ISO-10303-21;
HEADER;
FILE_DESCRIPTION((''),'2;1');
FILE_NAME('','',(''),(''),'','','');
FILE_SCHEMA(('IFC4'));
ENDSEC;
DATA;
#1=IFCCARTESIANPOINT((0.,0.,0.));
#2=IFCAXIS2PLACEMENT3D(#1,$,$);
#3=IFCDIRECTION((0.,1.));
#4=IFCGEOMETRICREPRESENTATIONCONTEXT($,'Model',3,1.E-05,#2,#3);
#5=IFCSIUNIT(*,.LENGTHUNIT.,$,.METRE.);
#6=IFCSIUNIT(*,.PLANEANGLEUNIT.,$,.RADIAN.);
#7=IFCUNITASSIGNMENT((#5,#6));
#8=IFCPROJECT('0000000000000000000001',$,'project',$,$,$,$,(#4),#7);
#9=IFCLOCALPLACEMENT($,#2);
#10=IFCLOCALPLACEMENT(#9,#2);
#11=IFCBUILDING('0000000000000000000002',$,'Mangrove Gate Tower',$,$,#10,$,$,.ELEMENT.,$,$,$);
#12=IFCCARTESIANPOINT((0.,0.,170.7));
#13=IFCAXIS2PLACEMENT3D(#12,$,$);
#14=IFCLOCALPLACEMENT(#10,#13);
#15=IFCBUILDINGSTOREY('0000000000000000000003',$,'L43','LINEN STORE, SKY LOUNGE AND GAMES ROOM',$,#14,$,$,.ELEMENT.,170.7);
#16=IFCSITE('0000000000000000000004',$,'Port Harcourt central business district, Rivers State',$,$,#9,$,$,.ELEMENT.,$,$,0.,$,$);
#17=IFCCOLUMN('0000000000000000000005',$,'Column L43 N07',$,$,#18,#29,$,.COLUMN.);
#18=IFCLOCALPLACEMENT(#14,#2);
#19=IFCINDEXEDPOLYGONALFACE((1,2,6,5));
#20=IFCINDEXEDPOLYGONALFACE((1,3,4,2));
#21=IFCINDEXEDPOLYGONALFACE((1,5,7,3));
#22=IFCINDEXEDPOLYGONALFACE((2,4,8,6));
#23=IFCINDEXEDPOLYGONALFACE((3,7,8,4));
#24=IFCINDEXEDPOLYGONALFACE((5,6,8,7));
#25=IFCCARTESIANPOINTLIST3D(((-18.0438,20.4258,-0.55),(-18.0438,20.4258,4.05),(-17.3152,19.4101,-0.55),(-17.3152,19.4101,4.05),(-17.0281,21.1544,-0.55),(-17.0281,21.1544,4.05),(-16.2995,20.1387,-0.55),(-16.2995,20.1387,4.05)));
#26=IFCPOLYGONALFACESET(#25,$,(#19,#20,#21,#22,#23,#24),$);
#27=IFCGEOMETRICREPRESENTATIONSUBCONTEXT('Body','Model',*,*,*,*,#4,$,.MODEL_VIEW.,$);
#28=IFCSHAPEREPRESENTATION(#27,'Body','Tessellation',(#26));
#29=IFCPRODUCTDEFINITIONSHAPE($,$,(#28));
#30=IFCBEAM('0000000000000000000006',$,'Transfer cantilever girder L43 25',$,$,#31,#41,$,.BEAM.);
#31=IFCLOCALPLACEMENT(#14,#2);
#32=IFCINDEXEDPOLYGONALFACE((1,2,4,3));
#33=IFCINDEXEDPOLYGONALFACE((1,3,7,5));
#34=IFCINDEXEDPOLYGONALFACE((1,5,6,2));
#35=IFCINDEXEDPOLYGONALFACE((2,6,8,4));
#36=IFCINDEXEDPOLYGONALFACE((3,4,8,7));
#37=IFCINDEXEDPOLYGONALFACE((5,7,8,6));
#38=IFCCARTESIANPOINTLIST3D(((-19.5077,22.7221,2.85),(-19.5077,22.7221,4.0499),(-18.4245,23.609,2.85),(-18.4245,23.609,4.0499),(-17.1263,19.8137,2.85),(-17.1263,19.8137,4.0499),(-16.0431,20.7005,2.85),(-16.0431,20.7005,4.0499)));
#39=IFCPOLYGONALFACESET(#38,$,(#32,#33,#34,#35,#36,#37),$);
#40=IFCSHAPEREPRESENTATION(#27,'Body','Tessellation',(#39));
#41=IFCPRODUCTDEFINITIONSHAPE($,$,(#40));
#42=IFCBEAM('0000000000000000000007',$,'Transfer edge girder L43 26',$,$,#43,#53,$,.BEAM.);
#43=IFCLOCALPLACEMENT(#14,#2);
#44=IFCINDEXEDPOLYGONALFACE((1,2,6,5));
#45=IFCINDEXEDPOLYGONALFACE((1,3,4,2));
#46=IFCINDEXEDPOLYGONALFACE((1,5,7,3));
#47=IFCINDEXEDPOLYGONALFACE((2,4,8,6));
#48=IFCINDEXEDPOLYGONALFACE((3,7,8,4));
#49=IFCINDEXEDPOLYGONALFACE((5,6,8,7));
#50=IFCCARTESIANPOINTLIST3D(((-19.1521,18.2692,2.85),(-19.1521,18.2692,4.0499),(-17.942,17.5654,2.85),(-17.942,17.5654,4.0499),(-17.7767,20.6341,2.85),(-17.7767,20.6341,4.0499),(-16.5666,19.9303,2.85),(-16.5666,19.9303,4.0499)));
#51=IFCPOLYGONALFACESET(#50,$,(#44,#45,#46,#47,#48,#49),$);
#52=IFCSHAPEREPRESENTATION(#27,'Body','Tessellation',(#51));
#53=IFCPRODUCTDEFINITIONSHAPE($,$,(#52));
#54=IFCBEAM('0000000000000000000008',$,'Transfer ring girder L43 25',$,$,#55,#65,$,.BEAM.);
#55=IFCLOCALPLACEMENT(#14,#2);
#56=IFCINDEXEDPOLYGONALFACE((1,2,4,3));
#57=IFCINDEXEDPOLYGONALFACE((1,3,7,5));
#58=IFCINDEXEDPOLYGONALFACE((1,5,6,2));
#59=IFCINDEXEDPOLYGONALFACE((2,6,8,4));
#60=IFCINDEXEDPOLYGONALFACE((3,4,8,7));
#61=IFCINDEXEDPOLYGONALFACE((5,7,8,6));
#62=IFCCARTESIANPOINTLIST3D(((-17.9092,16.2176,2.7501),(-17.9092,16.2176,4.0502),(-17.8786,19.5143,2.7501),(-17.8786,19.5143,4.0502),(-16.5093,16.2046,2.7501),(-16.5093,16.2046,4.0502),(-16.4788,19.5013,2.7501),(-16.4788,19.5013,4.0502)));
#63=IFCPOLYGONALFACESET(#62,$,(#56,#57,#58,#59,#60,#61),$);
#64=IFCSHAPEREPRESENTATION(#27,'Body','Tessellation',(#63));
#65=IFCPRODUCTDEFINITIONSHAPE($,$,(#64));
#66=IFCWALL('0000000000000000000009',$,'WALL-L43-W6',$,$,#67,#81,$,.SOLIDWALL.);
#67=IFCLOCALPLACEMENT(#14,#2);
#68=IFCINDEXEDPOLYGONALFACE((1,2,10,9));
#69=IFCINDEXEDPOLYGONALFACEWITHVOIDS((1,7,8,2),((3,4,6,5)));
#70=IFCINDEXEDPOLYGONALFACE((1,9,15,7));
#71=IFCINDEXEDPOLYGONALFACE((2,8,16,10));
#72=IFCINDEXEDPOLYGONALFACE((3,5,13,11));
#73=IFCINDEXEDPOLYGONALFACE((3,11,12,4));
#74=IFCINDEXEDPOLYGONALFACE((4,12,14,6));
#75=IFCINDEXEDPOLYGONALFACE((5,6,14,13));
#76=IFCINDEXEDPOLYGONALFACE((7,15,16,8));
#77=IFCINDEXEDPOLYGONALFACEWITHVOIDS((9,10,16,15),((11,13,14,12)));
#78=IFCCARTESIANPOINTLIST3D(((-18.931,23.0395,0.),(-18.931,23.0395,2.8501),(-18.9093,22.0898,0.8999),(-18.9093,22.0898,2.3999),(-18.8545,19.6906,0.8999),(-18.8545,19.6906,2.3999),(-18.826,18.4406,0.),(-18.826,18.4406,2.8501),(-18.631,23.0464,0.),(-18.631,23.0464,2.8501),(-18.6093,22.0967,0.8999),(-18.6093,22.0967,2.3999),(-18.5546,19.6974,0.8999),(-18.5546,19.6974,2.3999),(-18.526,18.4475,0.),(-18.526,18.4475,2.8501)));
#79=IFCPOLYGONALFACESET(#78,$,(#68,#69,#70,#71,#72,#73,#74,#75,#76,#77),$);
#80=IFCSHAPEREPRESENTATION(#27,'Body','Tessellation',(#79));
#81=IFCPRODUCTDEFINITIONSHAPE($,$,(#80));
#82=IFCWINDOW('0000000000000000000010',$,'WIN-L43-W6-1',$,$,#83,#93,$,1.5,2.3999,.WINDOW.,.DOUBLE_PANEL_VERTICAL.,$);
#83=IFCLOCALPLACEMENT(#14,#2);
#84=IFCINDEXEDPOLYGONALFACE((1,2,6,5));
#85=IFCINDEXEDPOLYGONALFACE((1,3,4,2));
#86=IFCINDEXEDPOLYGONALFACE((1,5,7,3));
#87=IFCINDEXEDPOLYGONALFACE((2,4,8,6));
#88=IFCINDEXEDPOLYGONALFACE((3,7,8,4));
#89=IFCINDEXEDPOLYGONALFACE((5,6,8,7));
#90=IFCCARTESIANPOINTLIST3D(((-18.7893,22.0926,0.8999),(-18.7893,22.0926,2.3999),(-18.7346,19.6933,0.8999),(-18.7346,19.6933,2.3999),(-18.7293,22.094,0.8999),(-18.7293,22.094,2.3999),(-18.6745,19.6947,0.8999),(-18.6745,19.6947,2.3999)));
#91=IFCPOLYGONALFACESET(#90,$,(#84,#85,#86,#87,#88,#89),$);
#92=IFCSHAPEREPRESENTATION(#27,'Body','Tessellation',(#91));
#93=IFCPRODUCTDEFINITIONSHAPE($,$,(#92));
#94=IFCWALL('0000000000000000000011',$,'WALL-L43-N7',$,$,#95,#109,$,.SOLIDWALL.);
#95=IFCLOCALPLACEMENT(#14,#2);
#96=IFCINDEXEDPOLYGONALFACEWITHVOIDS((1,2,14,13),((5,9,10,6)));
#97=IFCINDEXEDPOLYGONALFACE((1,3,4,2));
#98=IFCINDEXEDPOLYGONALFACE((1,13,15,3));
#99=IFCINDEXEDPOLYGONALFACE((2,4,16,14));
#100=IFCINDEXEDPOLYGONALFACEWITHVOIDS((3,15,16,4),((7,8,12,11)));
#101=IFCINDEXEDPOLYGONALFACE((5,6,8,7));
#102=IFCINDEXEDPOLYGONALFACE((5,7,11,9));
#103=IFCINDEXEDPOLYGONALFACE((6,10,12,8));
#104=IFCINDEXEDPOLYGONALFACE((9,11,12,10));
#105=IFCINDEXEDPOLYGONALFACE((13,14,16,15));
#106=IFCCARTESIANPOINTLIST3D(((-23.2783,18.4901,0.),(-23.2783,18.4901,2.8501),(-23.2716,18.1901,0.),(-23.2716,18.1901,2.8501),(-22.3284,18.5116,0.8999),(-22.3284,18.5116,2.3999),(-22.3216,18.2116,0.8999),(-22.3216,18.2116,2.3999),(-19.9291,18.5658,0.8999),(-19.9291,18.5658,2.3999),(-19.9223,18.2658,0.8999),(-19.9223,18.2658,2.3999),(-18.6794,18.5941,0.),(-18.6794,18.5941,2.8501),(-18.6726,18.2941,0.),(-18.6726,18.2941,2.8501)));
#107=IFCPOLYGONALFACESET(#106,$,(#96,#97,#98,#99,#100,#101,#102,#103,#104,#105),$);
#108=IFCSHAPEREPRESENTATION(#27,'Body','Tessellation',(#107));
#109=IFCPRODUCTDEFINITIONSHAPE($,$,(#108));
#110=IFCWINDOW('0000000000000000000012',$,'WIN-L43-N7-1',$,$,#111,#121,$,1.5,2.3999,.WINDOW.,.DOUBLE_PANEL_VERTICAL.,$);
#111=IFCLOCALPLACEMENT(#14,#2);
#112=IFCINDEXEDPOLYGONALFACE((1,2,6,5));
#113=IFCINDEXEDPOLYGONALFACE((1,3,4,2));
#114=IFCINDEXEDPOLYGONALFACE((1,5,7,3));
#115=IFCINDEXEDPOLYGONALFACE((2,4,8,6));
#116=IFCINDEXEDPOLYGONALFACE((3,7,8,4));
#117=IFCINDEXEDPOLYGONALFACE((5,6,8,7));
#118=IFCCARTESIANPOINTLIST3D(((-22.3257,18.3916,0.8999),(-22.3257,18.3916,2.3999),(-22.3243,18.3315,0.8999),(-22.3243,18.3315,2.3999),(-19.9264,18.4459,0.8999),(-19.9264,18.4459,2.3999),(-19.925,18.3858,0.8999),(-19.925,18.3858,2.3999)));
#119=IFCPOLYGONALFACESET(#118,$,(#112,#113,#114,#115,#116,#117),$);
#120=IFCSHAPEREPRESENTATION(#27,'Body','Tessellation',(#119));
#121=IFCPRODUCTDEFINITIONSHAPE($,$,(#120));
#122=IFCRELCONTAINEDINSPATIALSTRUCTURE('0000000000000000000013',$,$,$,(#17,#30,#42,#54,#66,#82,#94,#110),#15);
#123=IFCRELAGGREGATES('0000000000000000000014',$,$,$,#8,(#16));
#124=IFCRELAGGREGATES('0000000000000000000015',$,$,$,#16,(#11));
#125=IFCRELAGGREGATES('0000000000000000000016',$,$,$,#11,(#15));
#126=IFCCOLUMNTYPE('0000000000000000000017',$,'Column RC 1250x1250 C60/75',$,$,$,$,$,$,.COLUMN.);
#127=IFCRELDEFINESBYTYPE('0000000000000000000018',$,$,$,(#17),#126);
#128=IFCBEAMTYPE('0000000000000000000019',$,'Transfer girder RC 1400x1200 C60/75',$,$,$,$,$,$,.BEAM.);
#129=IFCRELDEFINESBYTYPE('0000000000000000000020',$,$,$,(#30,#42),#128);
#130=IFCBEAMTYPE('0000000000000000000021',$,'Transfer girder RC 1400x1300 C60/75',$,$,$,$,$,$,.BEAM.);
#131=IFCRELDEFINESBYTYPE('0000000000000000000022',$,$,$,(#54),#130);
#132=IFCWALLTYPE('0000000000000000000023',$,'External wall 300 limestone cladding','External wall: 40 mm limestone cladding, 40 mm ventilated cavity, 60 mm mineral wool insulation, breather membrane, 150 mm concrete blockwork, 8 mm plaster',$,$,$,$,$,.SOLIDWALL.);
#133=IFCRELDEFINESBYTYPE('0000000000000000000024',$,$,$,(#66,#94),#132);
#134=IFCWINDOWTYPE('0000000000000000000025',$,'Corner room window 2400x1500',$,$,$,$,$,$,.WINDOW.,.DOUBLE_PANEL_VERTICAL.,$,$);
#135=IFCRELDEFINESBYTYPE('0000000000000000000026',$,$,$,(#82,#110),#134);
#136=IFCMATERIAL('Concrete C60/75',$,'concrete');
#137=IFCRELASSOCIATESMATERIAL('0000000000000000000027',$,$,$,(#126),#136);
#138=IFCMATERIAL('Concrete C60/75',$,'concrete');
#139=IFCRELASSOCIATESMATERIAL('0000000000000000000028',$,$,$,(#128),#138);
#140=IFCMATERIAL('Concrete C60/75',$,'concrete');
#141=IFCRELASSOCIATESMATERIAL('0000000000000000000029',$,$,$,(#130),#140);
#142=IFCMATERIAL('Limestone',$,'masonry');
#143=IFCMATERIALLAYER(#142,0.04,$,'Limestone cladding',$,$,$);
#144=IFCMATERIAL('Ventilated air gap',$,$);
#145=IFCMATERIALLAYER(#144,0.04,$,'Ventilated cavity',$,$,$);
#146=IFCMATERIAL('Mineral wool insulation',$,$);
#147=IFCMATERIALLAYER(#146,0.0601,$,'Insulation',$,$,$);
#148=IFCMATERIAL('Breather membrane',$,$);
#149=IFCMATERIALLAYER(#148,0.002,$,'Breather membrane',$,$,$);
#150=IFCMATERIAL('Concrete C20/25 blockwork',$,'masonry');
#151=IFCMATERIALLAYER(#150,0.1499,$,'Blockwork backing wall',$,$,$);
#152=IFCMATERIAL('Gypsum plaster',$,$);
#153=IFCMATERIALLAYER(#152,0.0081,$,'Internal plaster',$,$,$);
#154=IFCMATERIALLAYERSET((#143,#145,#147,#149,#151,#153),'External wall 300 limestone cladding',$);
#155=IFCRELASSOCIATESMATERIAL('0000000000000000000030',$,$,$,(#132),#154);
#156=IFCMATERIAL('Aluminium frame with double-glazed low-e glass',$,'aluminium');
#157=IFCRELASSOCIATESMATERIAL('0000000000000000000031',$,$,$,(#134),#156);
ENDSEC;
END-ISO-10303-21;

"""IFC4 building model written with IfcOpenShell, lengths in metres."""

from ifc_helpers import new_model, si_unit, direction, frame, frame_2d, origin, origin_2d, place, context, subcontext, project, spatial, rectangle, extrude, material, layer, layer_set, material_profile, profile_set, type_object, element, fill, save


model = new_model("IFC4")

# Units and contexts
model_context = context("Model", 3, precision=1e-05, world=origin(), true_north=direction((0.0, 1.0)))
body_context = subcontext(model_context, "Body", "Model", "MODEL_VIEW")
ifc_project = project(units=[si_unit("LENGTHUNIT", "METRE"), si_unit("PLANEANGLEUNIT", "RADIAN")], contexts=[model_context])

# Site, building, storey
site_placement = place(None, origin())
site = spatial("IfcSite", under=ifc_project, at=site_placement, Name="Port Harcourt central business district, Rivers State", CompositionType="ELEMENT", RefElevation=0.0)
building_placement = place(site_placement, origin())
building = spatial("IfcBuilding", under=site, at=building_placement, Name="Mangrove Gate Tower", CompositionType="ELEMENT")
storey_placement = place(building_placement, frame((0.0, 0.0, 170.7)))
storey = spatial("IfcBuildingStorey", under=building, at=storey_placement, Name="L43", Description="LINEN STORE, SKY LOUNGE AND GAMES ROOM", CompositionType="ELEMENT", Elevation=170.7)

# Column
ifc_material_1 = material(Name="Concrete C60/75", Category="concrete")
ifc_material_profile_1 = material_profile(ifc_material_1, rectangle(XDim=1.25, YDim=1.25, at=origin_2d()))
ifc_profile_set_1 = profile_set([ifc_material_profile_1], Name="Concrete C60/75")
column_type = type_object("IfcColumnType", Name="Column RC 1250x1250 C60/75", PredefinedType="COLUMN", material=ifc_profile_set_1)
column_placement = place(storey_placement, frame((-17.1716, 20.2822, -0.55), z_axis=(0.0, 0.0, 1.0), x_axis=(-0.812546, -0.582898, 0.0)))
element("IfcColumn", 1, at=column_placement, inside=storey, type_object=column_type, Name="Column L43 N07", PredefinedType="COLUMN", context=body_context, shape_type="SweptSolid", body=[
    extrude(rectangle(XDim=1.25, YDim=1.25, at=origin_2d()), origin(), (0.0, 0.0, 1.0), 4.6001),
])

# Beams
ifc_material_2 = material(Name="Concrete C60/75", Category="concrete")
ifc_material_profile_2 = material_profile(ifc_material_2, rectangle(XDim=1.3999, YDim=1.2, at=origin_2d()))
ifc_profile_set_2 = profile_set([ifc_material_profile_2], Name="Concrete C60/75")
beam_type_1 = type_object("IfcBeamType", Name="Transfer girder RC 1400x1200 C60/75", PredefinedType="BEAM", material=ifc_profile_set_2)
beam_1_placement = place(storey_placement, frame((-16.5847, 20.2571, 3.45), z_axis=(-0.63351, 0.773734, 0.0), x_axis=(-0.773734, -0.63351, 0.0)))
element("IfcBeam", 2, at=beam_1_placement, inside=storey, type_object=beam_type_1, Name="Transfer cantilever girder L43 25", PredefinedType="BEAM", context=body_context, shape_type="SweptSolid", body=[
    extrude(rectangle(XDim=1.3999, YDim=1.2, at=origin_2d()), origin(), (0.0, 0.0, 1.0), 3.759),
])
beam_2_placement = place(storey_placement, frame((-17.1716, 20.2822, 3.45), z_axis=(-0.502755, -0.864429, 0.0), x_axis=(0.864429, -0.502755, 0.0)))
element("IfcBeam", 3, at=beam_2_placement, inside=storey, type_object=beam_type_1, Name="Transfer edge girder L43 26", PredefinedType="BEAM", context=body_context, shape_type="SweptSolid", body=[
    extrude(rectangle(XDim=1.3999, YDim=1.2, at=origin_2d()), origin(), (0.0, 0.0, 1.0), 2.7358),
])
ifc_material_3 = material(Name="Concrete C60/75", Category="concrete")
ifc_material_profile_3 = material_profile(ifc_material_3, rectangle(XDim=1.3999, YDim=1.3, at=origin_2d()))
ifc_profile_set_3 = profile_set([ifc_material_profile_3], Name="Concrete C60/75")
beam_type_2 = type_object("IfcBeamType", Name="Transfer girder RC 1400x1300 C60/75", PredefinedType="BEAM", material=ifc_profile_set_3)
beam_3_placement = place(storey_placement, frame((-17.1787, 19.5078, 3.4001), z_axis=(-0.009257, -0.999957, 0.0), x_axis=(0.999957, -0.009257, 0.0)))
element("IfcBeam", 4, at=beam_3_placement, inside=storey, type_object=beam_type_2, Name="Transfer ring girder L43 25", PredefinedType="BEAM", context=body_context, shape_type="SweptSolid", body=[
    extrude(rectangle(XDim=1.3999, YDim=1.3, at=origin_2d()), origin(), (0.0, 0.0, 1.0), 3.2969),
])

# Walls, openings, windows
ifc_material_4 = material(Name="Limestone", Category="masonry")
ifc_layer_1 = layer(ifc_material_4, 0.04, Name="Limestone cladding")
ifc_material_5 = material(Name="Ventilated air gap")
ifc_layer_2 = layer(ifc_material_5, 0.04, Name="Ventilated cavity")
ifc_material_6 = material(Name="Mineral wool insulation")
ifc_layer_3 = layer(ifc_material_6, 0.0601, Name="Insulation")
ifc_material_7 = material(Name="Breather membrane")
ifc_layer_4 = layer(ifc_material_7, 0.002, Name="Breather membrane")
ifc_material_8 = material(Name="Concrete C20/25 blockwork", Category="masonry")
ifc_layer_5 = layer(ifc_material_8, 0.1499, Name="Blockwork backing wall")
ifc_material_9 = material(Name="Gypsum plaster")
ifc_layer_6 = layer(ifc_material_9, 0.0081, Name="Internal plaster")
ifc_layer_set_1 = layer_set([ifc_layer_1, ifc_layer_2, ifc_layer_3, ifc_layer_4, ifc_layer_5, ifc_layer_6], Name="External wall 300 limestone cladding")
wall_type = type_object("IfcWallType", Name="External wall 300 limestone cladding", Description="External wall: 40 mm limestone cladding, 40 mm ventilated cavity, 60 mm mineral wool insulation, breather membrane, 150 mm concrete blockwork, 8 mm plaster", PredefinedType="SOLIDWALL", material=ifc_layer_set_1)
wall_1_placement = place(storey_placement, frame((-18.781, 23.043, 0.0), z_axis=(0.0, 0.0, 1.0), x_axis=(0.022821, -0.99974, 0.0)))
wall_1 = element("IfcWall", 5, at=wall_1_placement, inside=storey, type_object=wall_type, Name="WALL-L43-W6", PredefinedType="SOLIDWALL", context=body_context, shape_type="SweptSolid", body=[
    extrude(rectangle(XDim=4.6001, YDim=0.3, at=frame_2d((2.3, 0.0))), origin(), (0.0, 0.0, 1.0), 2.8501),
])
opening_1_placement = place(wall_1_placement, frame((0.95, 0.0, 0.8999)))
opening_1 = element("IfcOpeningElement", 6, at=opening_1_placement, cuts=wall_1, PredefinedType="OPENING", context=body_context, shape_type="SweptSolid", body=[
    extrude(rectangle(XDim=2.3999, YDim=1.5, at=frame_2d((1.2, 0.75))), frame((0.0, 0.1599, 0.0), z_axis=(0.0, -1.0, 0.0), x_axis=(1.0, 0.0, 0.0)), (0.0, 0.0, 1.0), 0.3201),
])
ifc_material_10 = material(Name="Aluminium frame with double-glazed low-e glass", Category="aluminium")
window_type = type_object("IfcWindowType", Name="Corner room window 2400x1500", PartitioningType="DOUBLE_PANEL_VERTICAL", PredefinedType="WINDOW", material=ifc_material_10)
window_1_placement = place(opening_1_placement, origin())
window_1 = element("IfcWindow", 7, at=window_1_placement, inside=storey, type_object=window_type, Name="WIN-L43-W6-1", OverallHeight=1.5, OverallWidth=2.3999, PartitioningType="DOUBLE_PANEL_VERTICAL", PredefinedType="WINDOW", context=body_context, shape_type="SweptSolid", body=[
    extrude(rectangle(XDim=2.3999, YDim=1.5, at=frame_2d((1.2, 0.75))), frame((0.0, 0.03, 0.0), z_axis=(0.0, -1.0, 0.0), x_axis=(1.0, 0.0, 0.0)), (0.0, 0.0, 1.0), 0.0601),
])
fill(opening_1, window_1)
wall_2_placement = place(storey_placement, frame((-18.676, 18.4441, 0.0), z_axis=(0.0, 0.0, 1.0), x_axis=(-0.999744, -0.022609, 0.0)))
wall_2 = element("IfcWall", 8, at=wall_2_placement, inside=storey, type_object=wall_type, Name="WALL-L43-N7", PredefinedType="SOLIDWALL", context=body_context, shape_type="SweptSolid", body=[
    extrude(rectangle(XDim=4.6001, YDim=0.3, at=frame_2d((2.3, 0.0))), origin(), (0.0, 0.0, 1.0), 2.8501),
])
opening_2_placement = place(wall_2_placement, frame((1.25, 0.0, 0.8999)))
opening_2 = element("IfcOpeningElement", 9, at=opening_2_placement, cuts=wall_2, PredefinedType="OPENING", context=body_context, shape_type="SweptSolid", body=[
    extrude(rectangle(XDim=2.3999, YDim=1.5, at=frame_2d((1.2, 0.75))), frame((0.0, 0.1599, 0.0), z_axis=(0.0, -1.0, 0.0), x_axis=(1.0, 0.0, 0.0)), (0.0, 0.0, 1.0), 0.3201),
])
window_2_placement = place(opening_2_placement, origin())
window_2 = element("IfcWindow", 10, at=window_2_placement, inside=storey, type_object=window_type, Name="WIN-L43-N7-1", OverallHeight=1.5, OverallWidth=2.3999, PartitioningType="DOUBLE_PANEL_VERTICAL", PredefinedType="WINDOW", context=body_context, shape_type="SweptSolid", body=[
    extrude(rectangle(XDim=2.3999, YDim=1.5, at=frame_2d((1.2, 0.75))), frame((0.0, 0.03, 0.0), z_axis=(0.0, -1.0, 0.0), x_axis=(1.0, 0.0, 0.0)), (0.0, 0.0, 1.0), 0.0601),
])
fill(opening_2, window_2)

save(model, "model.ifc")
